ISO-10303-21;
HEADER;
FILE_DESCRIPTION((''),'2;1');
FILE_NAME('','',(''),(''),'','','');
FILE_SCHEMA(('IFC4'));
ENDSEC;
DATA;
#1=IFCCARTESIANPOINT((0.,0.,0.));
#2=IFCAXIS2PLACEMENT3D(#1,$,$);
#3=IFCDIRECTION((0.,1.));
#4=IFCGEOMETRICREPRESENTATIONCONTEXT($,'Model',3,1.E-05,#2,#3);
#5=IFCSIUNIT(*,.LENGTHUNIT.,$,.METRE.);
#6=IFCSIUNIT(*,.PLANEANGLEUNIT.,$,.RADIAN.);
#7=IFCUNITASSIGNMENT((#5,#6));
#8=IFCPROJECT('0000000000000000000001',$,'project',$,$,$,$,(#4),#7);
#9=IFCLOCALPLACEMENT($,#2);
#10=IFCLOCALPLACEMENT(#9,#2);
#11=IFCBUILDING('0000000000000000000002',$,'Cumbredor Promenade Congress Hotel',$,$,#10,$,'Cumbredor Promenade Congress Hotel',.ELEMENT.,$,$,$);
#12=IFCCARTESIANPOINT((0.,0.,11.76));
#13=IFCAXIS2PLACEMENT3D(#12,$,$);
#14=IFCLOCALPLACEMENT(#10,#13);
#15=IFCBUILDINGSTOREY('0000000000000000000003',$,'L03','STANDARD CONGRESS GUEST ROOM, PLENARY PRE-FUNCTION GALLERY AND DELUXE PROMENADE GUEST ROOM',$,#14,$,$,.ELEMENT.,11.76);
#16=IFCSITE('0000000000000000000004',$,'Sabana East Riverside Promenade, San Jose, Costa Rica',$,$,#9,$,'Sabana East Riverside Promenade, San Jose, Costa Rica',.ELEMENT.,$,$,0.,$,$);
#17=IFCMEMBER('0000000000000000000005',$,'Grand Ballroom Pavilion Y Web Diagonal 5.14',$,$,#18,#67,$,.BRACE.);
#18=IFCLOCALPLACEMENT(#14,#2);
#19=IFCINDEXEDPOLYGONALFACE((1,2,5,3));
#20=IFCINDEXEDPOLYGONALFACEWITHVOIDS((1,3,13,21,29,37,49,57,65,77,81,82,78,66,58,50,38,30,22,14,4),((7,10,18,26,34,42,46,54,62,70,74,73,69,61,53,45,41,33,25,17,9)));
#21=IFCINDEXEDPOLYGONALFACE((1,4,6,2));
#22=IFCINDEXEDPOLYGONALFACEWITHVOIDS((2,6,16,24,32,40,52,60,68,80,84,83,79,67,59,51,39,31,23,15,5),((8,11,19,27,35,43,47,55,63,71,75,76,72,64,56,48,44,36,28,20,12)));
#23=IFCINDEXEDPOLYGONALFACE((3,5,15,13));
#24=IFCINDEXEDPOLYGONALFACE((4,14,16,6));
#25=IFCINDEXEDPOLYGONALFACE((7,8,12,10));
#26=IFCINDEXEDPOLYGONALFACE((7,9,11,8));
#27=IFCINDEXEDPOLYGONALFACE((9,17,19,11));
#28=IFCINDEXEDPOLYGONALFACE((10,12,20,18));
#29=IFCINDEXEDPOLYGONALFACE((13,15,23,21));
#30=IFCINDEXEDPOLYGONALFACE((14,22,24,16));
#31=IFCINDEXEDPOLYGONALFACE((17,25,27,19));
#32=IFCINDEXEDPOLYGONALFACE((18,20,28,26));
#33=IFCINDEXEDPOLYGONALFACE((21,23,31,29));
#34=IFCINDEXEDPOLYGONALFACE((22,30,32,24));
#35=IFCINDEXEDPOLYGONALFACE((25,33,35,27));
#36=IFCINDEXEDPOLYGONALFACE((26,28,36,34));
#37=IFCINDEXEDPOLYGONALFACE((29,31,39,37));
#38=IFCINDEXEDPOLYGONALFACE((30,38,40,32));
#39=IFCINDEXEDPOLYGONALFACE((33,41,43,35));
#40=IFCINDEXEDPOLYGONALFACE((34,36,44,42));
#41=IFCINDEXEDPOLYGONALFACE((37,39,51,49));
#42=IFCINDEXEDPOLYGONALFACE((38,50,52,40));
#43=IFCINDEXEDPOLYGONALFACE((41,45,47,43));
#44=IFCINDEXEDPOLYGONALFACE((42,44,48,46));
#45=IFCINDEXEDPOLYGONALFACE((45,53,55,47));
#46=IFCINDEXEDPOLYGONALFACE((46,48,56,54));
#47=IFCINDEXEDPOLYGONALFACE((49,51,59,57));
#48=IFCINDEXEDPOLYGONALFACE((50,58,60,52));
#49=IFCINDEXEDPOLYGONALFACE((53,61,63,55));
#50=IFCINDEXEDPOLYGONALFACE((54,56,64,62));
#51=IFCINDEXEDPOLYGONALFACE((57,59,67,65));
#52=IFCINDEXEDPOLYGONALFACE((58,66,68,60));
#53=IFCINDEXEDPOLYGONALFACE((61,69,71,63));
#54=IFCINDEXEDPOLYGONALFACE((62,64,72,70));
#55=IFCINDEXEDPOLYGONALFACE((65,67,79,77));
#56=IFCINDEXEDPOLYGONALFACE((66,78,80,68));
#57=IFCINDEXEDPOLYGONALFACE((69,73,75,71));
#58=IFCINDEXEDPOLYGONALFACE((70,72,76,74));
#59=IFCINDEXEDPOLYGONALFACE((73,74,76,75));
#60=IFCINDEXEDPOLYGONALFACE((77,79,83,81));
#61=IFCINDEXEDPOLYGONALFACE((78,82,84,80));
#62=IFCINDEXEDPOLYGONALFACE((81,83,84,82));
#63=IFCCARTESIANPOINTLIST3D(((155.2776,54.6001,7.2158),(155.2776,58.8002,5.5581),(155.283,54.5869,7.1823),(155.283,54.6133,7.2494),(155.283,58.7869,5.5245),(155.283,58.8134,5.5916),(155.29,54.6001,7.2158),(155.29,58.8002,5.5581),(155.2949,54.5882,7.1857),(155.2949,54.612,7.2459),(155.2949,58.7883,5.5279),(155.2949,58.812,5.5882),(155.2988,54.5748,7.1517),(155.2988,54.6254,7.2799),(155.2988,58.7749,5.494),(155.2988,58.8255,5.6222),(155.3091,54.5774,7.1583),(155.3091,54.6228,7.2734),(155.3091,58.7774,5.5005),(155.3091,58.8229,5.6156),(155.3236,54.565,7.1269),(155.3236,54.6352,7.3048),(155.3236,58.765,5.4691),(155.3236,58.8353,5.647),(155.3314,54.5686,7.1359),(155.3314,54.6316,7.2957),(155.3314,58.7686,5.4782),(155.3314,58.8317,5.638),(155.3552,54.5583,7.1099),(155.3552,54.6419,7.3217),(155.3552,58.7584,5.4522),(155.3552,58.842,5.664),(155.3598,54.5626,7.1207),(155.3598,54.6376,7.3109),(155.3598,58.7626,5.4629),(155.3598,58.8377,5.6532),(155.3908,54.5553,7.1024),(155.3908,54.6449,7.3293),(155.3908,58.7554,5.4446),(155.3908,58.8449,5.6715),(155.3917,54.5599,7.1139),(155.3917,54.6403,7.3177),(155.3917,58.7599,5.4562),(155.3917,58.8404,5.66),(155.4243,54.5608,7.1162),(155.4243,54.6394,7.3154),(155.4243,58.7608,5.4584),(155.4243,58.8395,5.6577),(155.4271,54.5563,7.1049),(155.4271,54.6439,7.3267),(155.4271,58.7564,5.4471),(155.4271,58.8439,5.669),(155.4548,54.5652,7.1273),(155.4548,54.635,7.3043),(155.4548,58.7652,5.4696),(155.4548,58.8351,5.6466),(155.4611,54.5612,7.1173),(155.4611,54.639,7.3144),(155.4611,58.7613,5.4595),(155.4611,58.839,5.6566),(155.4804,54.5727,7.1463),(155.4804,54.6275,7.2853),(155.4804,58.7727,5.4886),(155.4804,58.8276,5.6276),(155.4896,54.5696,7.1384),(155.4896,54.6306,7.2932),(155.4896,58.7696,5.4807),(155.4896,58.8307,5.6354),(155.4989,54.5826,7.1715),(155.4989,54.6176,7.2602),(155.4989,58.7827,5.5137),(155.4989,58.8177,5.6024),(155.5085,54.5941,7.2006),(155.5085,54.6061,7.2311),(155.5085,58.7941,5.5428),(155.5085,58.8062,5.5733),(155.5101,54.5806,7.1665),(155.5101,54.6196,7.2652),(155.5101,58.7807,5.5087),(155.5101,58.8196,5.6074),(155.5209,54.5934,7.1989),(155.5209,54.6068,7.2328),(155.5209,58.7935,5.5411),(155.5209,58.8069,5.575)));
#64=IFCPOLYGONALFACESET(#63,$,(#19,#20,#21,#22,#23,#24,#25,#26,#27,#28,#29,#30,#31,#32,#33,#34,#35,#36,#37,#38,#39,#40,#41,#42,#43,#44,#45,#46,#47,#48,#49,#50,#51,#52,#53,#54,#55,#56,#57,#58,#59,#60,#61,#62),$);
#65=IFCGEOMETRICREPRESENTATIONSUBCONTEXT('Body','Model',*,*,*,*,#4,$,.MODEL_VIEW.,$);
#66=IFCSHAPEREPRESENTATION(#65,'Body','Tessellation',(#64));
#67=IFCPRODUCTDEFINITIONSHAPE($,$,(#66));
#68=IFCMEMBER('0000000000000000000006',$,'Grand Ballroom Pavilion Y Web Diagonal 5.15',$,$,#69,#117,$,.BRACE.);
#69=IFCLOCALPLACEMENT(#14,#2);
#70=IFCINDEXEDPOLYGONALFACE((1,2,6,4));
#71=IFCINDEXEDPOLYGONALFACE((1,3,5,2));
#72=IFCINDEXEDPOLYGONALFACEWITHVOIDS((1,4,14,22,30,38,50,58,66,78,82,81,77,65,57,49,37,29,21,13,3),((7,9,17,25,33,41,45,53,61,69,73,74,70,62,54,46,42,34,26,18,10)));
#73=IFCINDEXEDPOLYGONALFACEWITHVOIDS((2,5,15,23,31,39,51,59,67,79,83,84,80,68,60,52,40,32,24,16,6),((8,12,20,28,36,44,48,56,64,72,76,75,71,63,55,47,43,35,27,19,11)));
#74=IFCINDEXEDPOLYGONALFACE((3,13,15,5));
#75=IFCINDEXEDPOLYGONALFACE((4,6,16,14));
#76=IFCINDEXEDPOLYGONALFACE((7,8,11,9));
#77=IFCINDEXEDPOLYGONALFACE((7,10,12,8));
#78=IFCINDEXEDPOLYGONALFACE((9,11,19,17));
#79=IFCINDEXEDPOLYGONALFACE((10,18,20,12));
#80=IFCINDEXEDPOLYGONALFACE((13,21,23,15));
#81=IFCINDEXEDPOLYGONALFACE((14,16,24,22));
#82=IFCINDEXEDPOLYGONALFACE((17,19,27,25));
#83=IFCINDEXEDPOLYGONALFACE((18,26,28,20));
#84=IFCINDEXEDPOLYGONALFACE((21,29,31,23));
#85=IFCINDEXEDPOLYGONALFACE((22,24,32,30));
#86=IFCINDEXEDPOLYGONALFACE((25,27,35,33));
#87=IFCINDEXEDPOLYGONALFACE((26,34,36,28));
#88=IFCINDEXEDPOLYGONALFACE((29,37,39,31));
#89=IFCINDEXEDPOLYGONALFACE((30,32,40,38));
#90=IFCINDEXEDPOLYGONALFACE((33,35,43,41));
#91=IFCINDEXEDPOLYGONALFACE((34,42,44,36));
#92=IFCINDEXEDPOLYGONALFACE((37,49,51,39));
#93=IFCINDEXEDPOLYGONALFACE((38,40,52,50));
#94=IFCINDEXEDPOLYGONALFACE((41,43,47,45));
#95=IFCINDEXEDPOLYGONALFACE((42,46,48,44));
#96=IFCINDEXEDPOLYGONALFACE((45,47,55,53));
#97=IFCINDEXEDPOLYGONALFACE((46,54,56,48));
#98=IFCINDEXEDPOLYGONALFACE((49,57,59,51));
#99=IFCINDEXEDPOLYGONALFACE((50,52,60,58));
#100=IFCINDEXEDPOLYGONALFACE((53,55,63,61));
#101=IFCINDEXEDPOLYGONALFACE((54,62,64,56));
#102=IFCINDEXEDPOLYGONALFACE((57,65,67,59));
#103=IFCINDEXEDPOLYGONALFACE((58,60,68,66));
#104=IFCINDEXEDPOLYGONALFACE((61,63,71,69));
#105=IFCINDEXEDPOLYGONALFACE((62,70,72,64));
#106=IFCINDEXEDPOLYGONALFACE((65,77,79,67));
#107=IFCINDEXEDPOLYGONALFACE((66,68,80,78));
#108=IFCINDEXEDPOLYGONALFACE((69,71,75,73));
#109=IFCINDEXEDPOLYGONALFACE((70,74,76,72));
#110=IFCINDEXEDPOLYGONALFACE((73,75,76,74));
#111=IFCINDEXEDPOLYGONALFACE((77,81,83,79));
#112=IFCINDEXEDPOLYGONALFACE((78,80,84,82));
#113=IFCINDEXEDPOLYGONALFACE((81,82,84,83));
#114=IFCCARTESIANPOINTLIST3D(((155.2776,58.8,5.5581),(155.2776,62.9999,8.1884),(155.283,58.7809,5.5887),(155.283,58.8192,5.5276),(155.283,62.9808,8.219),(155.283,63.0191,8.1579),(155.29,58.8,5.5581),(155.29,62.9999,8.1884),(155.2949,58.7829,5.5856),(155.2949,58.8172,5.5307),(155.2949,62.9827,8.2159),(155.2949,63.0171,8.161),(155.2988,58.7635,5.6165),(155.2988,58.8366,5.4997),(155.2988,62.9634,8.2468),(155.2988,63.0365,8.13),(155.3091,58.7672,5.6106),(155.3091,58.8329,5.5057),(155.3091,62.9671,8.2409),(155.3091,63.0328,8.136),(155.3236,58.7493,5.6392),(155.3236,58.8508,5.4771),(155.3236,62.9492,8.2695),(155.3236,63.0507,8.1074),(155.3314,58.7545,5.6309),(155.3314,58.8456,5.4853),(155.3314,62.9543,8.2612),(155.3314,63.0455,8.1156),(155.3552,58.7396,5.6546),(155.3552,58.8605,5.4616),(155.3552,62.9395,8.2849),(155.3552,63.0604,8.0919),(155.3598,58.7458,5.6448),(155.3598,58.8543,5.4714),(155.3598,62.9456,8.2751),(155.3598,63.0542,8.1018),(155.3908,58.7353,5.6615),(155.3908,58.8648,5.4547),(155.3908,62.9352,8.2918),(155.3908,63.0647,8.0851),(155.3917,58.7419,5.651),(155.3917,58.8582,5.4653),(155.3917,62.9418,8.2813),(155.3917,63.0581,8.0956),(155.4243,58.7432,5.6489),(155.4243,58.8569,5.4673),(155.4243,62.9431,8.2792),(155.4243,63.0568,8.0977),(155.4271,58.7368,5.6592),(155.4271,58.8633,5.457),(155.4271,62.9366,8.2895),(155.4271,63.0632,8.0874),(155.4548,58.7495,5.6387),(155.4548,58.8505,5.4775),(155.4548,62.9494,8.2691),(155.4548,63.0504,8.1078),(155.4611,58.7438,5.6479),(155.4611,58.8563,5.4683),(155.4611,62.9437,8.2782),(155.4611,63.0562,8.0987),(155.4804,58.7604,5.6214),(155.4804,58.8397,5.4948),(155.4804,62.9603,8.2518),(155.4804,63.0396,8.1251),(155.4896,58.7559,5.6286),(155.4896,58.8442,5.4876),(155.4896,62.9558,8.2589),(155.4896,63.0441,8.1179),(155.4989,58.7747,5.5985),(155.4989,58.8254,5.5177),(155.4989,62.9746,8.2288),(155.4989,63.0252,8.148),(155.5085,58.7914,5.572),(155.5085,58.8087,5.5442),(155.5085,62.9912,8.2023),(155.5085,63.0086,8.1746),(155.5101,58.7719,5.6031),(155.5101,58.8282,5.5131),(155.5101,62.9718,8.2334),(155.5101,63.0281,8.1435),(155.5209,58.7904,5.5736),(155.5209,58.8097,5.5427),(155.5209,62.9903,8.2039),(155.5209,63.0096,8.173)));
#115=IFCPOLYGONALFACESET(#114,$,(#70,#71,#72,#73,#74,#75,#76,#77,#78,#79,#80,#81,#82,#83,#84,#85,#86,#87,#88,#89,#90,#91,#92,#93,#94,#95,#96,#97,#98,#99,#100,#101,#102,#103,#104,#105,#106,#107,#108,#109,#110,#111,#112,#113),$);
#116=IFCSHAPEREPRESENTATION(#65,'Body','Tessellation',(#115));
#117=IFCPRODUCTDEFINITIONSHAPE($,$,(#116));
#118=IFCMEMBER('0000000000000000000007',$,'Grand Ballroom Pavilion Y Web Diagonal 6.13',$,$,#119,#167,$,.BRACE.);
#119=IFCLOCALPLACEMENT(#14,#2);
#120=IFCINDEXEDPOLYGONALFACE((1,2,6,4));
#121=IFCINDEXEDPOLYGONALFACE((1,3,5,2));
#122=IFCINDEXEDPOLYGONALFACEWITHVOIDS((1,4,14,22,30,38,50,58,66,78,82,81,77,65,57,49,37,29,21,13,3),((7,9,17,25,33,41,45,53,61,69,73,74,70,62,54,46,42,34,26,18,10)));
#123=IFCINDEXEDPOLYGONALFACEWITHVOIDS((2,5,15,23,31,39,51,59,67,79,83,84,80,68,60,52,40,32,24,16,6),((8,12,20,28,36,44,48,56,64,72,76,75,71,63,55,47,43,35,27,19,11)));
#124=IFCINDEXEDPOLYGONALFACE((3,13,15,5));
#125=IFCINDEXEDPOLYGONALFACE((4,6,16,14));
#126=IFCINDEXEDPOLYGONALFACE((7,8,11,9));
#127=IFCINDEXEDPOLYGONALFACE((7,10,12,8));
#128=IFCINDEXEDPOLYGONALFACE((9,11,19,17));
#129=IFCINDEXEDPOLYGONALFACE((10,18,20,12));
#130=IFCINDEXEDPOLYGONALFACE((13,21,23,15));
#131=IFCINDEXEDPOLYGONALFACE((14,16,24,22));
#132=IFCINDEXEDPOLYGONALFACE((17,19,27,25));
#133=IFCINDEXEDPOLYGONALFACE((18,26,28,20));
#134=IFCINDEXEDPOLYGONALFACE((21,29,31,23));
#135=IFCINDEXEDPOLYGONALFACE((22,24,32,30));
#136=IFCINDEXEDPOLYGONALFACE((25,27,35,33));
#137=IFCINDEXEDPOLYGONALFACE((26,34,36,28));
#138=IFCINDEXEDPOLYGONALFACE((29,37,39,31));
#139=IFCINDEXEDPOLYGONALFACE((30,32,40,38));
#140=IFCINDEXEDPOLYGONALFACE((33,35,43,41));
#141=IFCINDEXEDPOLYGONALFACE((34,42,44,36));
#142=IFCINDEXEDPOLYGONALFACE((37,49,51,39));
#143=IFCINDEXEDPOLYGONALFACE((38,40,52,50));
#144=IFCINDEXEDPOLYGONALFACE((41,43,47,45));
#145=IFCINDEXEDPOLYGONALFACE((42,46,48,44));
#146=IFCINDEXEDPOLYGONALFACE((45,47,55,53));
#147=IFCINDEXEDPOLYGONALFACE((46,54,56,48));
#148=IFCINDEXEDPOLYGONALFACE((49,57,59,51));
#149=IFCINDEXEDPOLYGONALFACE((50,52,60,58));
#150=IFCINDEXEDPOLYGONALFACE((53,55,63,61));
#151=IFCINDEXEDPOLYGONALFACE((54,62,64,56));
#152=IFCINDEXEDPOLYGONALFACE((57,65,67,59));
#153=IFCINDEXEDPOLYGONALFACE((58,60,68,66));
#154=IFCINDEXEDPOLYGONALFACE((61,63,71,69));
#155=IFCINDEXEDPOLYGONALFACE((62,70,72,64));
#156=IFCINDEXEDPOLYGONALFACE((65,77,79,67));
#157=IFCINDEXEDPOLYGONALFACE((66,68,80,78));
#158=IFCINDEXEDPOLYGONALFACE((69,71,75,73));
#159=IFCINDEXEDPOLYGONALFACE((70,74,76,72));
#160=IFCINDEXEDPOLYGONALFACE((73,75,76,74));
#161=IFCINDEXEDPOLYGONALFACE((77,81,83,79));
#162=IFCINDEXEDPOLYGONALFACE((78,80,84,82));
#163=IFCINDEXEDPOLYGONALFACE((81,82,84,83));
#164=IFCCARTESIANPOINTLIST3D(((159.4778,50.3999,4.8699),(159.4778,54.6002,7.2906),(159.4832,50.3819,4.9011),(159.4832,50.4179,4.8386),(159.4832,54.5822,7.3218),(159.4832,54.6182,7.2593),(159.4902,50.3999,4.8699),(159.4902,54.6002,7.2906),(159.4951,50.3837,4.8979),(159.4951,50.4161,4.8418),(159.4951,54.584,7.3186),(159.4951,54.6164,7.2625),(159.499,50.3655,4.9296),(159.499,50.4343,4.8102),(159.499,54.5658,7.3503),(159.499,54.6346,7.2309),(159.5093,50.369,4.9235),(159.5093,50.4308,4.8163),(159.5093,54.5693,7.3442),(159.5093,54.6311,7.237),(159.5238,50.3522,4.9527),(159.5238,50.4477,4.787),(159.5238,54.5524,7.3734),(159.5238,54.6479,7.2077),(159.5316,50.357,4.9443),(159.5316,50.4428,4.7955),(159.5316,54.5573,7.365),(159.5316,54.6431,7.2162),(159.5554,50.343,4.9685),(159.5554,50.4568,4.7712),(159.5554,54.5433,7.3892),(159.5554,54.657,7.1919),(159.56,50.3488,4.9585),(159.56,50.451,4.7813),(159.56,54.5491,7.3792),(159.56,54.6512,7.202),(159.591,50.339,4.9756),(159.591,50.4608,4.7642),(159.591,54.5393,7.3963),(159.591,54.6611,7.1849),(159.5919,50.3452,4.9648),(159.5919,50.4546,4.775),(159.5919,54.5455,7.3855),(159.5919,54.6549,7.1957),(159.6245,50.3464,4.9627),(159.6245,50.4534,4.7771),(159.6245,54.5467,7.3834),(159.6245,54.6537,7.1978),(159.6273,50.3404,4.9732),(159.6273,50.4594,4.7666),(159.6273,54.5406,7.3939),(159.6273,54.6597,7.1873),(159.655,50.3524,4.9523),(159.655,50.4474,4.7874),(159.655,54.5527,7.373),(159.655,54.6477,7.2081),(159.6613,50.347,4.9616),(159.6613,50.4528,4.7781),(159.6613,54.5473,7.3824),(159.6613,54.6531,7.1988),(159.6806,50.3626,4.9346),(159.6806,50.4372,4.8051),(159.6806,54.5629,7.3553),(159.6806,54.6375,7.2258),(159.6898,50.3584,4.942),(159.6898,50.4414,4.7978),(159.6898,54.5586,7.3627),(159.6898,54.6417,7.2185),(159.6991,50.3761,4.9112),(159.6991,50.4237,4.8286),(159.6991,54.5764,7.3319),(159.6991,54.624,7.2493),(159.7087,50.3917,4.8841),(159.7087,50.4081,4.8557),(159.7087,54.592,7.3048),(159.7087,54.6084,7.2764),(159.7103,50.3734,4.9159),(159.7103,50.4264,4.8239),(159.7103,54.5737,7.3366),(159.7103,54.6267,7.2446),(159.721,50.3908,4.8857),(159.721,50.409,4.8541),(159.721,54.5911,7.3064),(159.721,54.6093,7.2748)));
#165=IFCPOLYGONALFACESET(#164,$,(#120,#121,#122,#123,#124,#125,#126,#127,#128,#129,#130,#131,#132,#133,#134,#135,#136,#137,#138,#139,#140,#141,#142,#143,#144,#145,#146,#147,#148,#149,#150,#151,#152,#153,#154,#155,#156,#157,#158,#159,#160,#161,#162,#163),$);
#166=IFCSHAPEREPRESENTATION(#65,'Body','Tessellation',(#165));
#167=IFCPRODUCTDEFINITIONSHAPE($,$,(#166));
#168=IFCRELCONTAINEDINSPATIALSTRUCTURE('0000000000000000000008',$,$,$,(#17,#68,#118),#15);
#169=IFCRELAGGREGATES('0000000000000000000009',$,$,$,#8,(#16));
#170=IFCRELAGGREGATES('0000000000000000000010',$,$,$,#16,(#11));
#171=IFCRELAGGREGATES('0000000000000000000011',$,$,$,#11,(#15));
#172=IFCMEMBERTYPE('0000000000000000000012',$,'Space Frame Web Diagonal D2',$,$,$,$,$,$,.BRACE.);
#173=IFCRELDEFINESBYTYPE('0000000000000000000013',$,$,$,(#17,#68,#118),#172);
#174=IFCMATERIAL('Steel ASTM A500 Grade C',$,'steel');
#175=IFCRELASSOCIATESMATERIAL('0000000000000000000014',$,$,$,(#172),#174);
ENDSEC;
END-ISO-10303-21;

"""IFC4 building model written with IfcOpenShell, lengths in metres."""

from ifc_helpers import new_model, si_unit, direction, frame, origin, origin_2d, place, context, subcontext, project, spatial, hollow_circle, extrude, material, material_profile, profile_set, type_object, element, save


model = new_model("IFC4")

# Units and contexts
model_context = context("Model", 3, precision=1e-05, world=origin(), true_north=direction((0.0, 1.0)))
body_context = subcontext(model_context, "Body", "Model", "MODEL_VIEW")
ifc_project = project(units=[si_unit("LENGTHUNIT", "METRE"), si_unit("PLANEANGLEUNIT", "RADIAN")], contexts=[model_context])

# Site, building, storey
site_placement = place(None, origin())
site = spatial("IfcSite", under=ifc_project, at=site_placement, Name="Sabana East Riverside Promenade, San Jose, Costa Rica", LongName="Sabana East Riverside Promenade, San Jose, Costa Rica", CompositionType="ELEMENT", RefElevation=0.0)
building_placement = place(site_placement, origin())
building = spatial("IfcBuilding", under=site, at=building_placement, Name="Cumbredor Promenade Congress Hotel", LongName="Cumbredor Promenade Congress Hotel", CompositionType="ELEMENT")
storey_placement = place(building_placement, frame((0.0, 0.0, 11.76)))
storey = spatial("IfcBuildingStorey", under=building, at=storey_placement, Name="L03", Description="STANDARD CONGRESS GUEST ROOM, PLENARY PRE-FUNCTION GALLERY AND DELUXE PROMENADE GUEST ROOM", CompositionType="ELEMENT", Elevation=11.76)

# Members
ifc_material_1 = material(Name="Steel ASTM A500 Grade C", Category="steel")
ifc_material_profile_1 = material_profile(ifc_material_1, hollow_circle(Radius=0.1223, WallThickness=0.0125, at=origin_2d()), Name="CHS 244.5x12.5")
ifc_profile_set_1 = profile_set([ifc_material_profile_1], Name="Steel ASTM A500 Grade C")
member_type_1 = type_object("IfcMemberType", Name="Space Frame Web Diagonal D2", PredefinedType="BRACE", material=ifc_profile_set_1)
member_1_placement = place(storey_placement, frame((155.3999, 54.6001, 7.2158), z_axis=(0.0, 0.930167, -0.367136), x_axis=(-1.0, 0.0, 0.0)))
element("IfcMember", 1, at=member_1_placement, inside=storey, type_object=member_type_1, Name="Grand Ballroom Pavilion Y Web Diagonal 5.14", PredefinedType="BRACE", context=body_context, shape_type="SweptSolid", body=[
    extrude(hollow_circle(Radius=0.1223, WallThickness=0.0125, at=origin_2d()), origin(), (0.0, 0.0, 1.0), 4.5154),
])
member_2_placement = place(storey_placement, frame((155.3999, 58.8, 5.5581), z_axis=(0.0, 0.847508, 0.530783), x_axis=(-1.0, 0.0, 0.0)))
element("IfcMember", 2, at=member_2_placement, inside=storey, type_object=member_type_1, Name="Grand Ballroom Pavilion Y Web Diagonal 5.15", PredefinedType="BRACE", context=body_context, shape_type="SweptSolid", body=[
    extrude(hollow_circle(Radius=0.1223, WallThickness=0.0125, at=origin_2d()), origin(), (0.0, 0.0, 1.0), 4.9556),
])
member_3_placement = place(storey_placement, frame((159.6001, 50.3999, 4.8699), z_axis=(0.0, 0.866412, 0.49933), x_axis=(-1.0, 0.0, 0.0)))
element("IfcMember", 3, at=member_3_placement, inside=storey, type_object=member_type_1, Name="Grand Ballroom Pavilion Y Web Diagonal 6.13", PredefinedType="BRACE", context=body_context, shape_type="SweptSolid", body=[
    extrude(hollow_circle(Radius=0.1223, WallThickness=0.0125, at=origin_2d()), origin(), (0.0, 0.0, 1.0), 4.8479),
])

save(model, "model.ifc")
